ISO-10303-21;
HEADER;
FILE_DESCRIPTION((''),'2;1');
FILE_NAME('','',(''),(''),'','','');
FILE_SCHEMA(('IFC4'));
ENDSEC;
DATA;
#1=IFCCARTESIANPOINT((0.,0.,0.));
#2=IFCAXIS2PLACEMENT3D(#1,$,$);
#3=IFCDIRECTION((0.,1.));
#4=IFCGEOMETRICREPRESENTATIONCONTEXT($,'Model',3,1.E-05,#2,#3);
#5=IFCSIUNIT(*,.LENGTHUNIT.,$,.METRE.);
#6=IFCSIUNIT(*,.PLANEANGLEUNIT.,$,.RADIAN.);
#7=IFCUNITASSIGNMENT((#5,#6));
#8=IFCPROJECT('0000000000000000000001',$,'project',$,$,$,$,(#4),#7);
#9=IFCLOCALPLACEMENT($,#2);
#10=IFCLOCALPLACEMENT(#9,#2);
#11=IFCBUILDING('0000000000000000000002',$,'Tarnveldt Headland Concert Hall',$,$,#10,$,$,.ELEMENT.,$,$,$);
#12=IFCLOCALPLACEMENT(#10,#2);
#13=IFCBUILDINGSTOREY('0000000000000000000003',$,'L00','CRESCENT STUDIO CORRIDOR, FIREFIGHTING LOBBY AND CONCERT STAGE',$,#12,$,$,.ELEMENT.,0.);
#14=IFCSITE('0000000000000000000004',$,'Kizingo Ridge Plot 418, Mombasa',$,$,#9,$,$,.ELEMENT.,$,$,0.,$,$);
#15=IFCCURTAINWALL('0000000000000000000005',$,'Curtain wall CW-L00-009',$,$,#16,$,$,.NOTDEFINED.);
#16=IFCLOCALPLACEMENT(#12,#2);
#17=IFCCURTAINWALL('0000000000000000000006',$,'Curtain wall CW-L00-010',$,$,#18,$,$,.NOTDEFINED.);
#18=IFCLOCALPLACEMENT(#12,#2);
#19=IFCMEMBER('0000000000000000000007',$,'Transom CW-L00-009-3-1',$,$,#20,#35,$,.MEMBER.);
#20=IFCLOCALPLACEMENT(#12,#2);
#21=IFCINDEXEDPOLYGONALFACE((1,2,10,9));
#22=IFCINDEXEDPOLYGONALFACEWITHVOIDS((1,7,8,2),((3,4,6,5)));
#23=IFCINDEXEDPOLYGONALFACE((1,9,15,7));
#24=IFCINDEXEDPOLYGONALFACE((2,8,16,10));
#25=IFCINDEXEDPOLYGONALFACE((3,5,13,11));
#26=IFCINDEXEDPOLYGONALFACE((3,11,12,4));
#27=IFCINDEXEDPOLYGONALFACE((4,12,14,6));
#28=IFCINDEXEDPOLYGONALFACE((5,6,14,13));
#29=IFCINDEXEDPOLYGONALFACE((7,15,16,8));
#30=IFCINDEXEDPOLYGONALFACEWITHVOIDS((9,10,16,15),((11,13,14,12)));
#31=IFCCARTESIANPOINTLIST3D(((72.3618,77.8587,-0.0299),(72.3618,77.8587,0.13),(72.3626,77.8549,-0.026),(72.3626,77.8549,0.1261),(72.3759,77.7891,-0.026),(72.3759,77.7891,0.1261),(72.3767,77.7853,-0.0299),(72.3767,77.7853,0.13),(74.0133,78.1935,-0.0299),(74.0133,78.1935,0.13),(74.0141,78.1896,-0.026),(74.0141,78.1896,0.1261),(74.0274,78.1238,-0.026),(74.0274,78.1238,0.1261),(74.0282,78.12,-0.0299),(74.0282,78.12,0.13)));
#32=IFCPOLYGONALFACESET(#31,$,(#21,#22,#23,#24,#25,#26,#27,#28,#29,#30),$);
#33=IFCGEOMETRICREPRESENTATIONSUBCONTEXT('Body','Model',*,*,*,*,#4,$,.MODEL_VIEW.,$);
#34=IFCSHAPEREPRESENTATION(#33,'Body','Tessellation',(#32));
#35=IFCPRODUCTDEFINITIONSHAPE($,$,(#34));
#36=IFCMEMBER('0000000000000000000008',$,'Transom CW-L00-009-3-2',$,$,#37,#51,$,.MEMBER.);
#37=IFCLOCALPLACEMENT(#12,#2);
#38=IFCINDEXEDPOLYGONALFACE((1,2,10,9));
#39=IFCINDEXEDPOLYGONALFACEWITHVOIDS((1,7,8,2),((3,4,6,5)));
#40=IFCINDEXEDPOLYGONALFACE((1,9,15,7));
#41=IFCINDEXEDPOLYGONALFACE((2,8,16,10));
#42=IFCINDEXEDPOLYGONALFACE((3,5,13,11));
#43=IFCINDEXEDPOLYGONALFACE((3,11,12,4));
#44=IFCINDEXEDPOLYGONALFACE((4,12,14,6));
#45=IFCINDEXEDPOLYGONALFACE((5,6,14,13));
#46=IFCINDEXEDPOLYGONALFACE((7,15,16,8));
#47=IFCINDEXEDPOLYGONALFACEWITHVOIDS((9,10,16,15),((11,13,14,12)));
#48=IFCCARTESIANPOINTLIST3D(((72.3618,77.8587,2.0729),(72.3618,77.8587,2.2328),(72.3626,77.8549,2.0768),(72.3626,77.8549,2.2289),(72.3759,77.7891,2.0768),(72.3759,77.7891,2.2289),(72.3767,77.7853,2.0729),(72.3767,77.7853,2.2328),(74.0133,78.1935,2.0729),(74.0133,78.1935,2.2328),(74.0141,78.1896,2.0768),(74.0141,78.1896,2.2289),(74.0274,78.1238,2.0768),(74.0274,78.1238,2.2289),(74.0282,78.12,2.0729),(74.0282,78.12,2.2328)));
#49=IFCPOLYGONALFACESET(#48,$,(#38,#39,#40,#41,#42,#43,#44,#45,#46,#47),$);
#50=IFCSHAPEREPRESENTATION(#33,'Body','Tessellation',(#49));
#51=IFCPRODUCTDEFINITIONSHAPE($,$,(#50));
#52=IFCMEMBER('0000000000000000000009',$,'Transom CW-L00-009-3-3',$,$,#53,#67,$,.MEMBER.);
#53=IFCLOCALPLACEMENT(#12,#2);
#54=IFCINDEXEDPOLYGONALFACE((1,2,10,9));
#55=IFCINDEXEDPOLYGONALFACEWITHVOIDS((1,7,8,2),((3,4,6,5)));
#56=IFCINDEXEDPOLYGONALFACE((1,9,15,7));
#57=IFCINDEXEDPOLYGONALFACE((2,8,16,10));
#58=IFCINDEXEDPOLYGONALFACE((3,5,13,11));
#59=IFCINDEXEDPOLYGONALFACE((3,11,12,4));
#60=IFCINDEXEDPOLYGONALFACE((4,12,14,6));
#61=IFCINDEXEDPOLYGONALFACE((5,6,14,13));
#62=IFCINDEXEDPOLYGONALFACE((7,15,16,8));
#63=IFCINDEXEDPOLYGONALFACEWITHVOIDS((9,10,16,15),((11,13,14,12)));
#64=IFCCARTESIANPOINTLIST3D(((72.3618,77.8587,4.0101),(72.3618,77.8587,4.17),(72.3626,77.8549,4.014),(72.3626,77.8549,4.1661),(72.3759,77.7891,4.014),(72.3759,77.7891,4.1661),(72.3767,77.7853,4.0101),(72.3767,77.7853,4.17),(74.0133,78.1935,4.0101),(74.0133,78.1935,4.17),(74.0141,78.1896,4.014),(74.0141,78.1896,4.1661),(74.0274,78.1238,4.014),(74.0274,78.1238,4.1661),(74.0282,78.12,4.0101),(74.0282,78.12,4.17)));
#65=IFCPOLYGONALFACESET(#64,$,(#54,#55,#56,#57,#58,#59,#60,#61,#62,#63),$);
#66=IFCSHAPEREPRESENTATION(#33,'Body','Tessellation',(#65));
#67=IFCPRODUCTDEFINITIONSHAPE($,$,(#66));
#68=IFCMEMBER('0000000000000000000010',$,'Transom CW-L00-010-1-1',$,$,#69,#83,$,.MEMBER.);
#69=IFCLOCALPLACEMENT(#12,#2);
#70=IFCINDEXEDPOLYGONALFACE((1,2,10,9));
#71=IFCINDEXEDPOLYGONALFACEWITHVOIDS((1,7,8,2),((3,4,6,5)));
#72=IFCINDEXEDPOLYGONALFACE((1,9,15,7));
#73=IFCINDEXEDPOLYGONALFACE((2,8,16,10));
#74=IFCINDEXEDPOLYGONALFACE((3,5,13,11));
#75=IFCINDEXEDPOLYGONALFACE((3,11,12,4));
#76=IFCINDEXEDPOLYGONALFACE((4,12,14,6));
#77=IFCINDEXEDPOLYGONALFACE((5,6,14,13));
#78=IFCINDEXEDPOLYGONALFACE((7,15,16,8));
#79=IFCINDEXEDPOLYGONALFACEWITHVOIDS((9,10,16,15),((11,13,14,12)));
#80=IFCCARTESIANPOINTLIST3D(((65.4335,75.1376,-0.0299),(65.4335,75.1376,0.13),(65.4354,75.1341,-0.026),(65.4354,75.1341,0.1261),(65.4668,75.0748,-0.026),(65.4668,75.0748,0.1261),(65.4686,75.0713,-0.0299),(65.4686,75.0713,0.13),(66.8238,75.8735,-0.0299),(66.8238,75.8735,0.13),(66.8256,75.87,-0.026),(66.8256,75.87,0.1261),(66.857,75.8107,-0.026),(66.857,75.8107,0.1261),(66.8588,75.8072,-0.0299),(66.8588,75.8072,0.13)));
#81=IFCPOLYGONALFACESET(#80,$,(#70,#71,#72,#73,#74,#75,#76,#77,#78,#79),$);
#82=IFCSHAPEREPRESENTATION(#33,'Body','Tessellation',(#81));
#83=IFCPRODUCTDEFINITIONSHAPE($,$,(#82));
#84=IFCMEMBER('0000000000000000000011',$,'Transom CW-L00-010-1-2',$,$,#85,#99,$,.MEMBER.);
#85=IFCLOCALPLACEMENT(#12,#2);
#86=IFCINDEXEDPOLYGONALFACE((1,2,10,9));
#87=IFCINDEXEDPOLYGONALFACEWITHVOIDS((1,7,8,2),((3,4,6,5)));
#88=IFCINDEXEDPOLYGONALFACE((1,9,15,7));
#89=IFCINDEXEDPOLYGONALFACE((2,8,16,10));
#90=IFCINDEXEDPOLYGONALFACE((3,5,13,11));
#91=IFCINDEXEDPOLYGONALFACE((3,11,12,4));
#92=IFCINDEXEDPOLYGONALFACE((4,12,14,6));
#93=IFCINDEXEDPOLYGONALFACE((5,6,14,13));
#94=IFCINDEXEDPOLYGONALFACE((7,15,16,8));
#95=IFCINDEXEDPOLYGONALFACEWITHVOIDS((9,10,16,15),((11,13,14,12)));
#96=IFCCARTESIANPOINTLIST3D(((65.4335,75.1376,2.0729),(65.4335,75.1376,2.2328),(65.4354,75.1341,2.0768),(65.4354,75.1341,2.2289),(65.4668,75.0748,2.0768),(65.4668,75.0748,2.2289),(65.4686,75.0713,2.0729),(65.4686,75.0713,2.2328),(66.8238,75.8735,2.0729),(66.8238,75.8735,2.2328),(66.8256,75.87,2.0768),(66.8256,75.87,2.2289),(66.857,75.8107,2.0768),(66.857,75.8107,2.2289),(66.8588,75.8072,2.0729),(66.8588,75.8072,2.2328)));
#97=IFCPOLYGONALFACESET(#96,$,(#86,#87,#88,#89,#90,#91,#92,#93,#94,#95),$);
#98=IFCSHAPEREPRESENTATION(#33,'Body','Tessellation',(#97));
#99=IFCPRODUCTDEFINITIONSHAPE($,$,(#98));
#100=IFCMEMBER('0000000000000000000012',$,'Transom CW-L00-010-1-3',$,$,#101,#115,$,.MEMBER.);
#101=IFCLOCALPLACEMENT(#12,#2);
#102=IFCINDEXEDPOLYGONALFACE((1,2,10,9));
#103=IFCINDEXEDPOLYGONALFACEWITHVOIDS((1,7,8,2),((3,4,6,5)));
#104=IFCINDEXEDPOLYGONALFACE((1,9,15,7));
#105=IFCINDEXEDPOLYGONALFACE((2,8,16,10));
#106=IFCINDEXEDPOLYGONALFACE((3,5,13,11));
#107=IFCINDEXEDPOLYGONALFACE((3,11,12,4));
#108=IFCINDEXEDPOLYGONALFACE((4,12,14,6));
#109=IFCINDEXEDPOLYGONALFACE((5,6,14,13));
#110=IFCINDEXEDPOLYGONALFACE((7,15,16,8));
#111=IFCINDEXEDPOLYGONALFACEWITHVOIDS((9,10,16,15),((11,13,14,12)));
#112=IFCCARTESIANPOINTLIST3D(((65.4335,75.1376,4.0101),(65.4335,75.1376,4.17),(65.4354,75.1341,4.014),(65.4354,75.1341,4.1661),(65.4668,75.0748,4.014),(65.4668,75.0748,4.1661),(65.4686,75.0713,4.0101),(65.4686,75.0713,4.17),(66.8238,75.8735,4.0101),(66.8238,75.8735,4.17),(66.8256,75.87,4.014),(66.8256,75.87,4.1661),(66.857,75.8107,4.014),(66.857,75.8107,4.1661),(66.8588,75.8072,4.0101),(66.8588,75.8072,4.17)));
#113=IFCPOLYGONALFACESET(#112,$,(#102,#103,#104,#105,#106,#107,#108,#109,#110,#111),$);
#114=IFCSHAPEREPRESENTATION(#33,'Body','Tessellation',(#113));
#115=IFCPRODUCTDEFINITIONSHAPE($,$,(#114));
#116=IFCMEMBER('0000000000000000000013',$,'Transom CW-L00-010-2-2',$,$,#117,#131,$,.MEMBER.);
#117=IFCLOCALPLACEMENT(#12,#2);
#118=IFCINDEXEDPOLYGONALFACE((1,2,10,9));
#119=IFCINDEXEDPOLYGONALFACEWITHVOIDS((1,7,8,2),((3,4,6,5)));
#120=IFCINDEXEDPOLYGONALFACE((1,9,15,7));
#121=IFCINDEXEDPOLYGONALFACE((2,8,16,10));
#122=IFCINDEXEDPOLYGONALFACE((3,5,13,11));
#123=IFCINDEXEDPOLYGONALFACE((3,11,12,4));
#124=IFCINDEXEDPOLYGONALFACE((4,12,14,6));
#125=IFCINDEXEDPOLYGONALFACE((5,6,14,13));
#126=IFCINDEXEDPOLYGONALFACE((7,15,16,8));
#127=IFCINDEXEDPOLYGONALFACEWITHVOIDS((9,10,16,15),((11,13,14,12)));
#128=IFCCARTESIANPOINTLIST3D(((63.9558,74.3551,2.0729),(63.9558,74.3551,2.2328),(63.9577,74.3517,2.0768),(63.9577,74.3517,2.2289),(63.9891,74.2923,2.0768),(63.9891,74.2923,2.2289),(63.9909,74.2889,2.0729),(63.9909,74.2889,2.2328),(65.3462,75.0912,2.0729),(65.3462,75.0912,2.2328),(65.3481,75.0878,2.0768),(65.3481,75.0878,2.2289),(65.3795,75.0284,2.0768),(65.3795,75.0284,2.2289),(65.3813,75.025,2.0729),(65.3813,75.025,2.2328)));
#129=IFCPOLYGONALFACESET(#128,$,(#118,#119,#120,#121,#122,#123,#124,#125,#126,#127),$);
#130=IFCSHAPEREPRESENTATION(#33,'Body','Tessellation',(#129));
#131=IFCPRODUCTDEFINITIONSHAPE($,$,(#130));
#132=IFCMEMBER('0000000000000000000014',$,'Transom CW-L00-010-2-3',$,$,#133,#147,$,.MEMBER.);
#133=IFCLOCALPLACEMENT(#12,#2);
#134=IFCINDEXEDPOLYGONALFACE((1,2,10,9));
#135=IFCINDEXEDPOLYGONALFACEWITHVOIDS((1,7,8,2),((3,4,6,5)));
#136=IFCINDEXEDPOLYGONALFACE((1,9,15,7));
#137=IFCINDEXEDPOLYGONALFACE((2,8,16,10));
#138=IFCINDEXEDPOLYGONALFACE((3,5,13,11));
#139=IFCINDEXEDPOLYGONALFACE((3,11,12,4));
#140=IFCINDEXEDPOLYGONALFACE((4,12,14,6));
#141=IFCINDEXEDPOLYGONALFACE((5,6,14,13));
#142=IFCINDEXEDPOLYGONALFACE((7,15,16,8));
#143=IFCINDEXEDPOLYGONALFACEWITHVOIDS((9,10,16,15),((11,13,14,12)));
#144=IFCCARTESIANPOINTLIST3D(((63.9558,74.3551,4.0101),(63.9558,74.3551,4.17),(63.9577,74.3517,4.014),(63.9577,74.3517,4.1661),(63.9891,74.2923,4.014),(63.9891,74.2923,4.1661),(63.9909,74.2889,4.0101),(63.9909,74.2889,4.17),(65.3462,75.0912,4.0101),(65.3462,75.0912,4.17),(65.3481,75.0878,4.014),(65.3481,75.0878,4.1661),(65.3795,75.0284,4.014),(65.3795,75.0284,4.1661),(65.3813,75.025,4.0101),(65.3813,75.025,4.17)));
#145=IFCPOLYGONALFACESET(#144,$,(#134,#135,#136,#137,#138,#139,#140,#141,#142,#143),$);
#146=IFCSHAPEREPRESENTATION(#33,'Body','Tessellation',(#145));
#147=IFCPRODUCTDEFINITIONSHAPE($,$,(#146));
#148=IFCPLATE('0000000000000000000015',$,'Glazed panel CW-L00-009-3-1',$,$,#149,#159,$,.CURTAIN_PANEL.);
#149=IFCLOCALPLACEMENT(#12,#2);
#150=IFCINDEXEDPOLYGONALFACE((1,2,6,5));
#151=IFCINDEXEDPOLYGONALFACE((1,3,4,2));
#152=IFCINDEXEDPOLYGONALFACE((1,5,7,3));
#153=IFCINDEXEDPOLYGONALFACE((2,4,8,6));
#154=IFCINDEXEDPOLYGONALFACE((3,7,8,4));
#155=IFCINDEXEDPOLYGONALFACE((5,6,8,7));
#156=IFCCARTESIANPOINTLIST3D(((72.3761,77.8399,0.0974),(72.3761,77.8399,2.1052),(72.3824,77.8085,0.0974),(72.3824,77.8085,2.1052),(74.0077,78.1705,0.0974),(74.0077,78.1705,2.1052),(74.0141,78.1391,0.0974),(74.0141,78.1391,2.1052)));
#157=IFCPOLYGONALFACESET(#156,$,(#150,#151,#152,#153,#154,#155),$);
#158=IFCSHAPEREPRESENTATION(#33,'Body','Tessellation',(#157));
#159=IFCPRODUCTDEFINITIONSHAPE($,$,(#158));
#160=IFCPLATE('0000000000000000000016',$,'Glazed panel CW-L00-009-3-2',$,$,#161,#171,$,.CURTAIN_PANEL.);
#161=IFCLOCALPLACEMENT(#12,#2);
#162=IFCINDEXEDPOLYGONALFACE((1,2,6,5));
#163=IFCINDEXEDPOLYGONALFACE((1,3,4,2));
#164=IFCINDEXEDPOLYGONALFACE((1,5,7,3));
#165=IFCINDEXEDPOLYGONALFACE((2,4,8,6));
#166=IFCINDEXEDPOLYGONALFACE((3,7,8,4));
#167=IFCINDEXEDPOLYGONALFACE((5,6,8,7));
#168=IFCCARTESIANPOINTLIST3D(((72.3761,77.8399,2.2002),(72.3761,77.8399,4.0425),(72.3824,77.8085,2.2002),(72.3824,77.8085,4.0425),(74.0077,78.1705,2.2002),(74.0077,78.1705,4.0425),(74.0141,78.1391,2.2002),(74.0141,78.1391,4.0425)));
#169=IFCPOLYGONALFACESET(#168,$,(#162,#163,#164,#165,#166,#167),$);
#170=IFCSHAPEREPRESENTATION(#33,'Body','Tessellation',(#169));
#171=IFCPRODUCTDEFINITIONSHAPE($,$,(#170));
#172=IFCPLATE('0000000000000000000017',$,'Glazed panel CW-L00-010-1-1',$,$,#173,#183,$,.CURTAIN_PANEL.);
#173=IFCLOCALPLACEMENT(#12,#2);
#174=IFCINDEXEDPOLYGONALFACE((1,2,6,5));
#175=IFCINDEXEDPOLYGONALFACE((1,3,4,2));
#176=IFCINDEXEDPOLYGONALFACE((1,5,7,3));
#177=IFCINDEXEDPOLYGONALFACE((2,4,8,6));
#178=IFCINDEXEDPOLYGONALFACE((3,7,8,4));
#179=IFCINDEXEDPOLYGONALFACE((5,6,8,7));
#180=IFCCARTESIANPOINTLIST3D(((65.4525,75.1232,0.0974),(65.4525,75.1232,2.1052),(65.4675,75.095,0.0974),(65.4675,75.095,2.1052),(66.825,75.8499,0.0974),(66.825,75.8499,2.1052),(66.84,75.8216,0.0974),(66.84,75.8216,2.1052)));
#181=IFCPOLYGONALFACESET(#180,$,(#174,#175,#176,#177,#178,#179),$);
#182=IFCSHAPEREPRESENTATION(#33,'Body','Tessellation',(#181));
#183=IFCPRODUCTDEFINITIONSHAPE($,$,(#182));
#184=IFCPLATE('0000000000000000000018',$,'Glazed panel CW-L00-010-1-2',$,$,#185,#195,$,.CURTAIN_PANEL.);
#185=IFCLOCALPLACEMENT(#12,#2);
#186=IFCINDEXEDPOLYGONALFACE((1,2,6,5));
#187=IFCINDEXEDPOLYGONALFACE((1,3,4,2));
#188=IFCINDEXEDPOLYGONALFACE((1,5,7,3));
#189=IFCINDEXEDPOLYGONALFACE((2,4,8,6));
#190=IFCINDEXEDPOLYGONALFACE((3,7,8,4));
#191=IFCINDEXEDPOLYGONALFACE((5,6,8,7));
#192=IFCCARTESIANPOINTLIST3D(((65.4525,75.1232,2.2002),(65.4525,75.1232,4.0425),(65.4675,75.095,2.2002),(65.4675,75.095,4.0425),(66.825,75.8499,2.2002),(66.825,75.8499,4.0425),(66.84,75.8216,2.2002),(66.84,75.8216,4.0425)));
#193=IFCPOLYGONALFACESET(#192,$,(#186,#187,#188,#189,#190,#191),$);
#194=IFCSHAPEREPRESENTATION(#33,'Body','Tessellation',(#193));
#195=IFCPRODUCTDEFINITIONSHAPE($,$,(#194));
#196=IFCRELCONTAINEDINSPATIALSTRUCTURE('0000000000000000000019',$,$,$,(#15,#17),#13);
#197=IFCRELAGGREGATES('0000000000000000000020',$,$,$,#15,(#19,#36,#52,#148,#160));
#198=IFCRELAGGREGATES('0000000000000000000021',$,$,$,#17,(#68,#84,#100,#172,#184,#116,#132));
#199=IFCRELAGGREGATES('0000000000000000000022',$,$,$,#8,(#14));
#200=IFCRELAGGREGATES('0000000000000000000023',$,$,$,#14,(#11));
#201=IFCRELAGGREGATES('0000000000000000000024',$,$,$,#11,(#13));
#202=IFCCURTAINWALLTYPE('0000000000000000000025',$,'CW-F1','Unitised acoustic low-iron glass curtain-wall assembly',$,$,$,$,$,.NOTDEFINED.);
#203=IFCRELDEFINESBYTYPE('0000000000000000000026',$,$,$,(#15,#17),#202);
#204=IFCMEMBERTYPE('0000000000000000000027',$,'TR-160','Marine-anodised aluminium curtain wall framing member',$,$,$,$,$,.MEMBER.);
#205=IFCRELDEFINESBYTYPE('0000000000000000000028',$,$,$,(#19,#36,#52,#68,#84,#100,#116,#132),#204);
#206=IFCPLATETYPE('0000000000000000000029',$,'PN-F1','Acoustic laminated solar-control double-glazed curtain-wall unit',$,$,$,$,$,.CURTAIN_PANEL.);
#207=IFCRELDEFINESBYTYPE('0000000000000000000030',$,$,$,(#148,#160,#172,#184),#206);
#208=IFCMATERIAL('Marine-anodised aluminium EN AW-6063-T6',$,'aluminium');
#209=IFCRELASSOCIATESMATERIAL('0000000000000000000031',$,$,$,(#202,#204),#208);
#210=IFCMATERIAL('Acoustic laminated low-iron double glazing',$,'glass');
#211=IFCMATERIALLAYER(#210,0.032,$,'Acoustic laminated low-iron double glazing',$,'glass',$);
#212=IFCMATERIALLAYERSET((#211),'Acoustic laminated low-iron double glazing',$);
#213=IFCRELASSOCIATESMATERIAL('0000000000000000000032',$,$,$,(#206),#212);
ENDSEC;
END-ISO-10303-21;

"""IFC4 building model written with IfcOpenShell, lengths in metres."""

from ifc_helpers import new_model, si_unit, direction, frame, origin, origin_2d, place, context, subcontext, project, spatial, rectangle, hollow_rectangle, extrude, material, layer, layer_set, material_profile, profile_set, type_object, element, aggregate, save


model = new_model("IFC4")

# Units and contexts
model_context = context("Model", 3, precision=1e-05, world=origin(), true_north=direction((0.0, 1.0)))
body_context = subcontext(model_context, "Body", "Model", "MODEL_VIEW")
ifc_project = project(units=[si_unit("LENGTHUNIT", "METRE"), si_unit("PLANEANGLEUNIT", "RADIAN")], contexts=[model_context])

# Site, building, storey
site_placement = place(None, origin())
site = spatial("IfcSite", under=ifc_project, at=site_placement, Name="Kizingo Ridge Plot 418, Mombasa", CompositionType="ELEMENT", RefElevation=0.0)
building_placement = place(site_placement, origin())
building = spatial("IfcBuilding", under=site, at=building_placement, Name="Tarnveldt Headland Concert Hall", CompositionType="ELEMENT")
storey_placement = place(building_placement, origin())
storey = spatial("IfcBuildingStorey", under=building, at=storey_placement, Name="L00", Description="CRESCENT STUDIO CORRIDOR, FIREFIGHTING LOBBY AND CONCERT STAGE", CompositionType="ELEMENT", Elevation=0.0)

# Curtain wall
ifc_material_1 = material(Name="Marine-anodised aluminium EN AW-6063-T6", Category="aluminium")
curtain_wall_type = type_object("IfcCurtainWallType", Name="CW-F1", Description="Unitised acoustic low-iron glass curtain-wall assembly", PredefinedType="NOTDEFINED", material=ifc_material_1)
curtain_wall_1_placement = place(storey_placement, origin())
curtain_wall_1 = element("IfcCurtainWall", 1, at=curtain_wall_1_placement, inside=storey, type_object=curtain_wall_type, Name="Curtain wall CW-L00-009", PredefinedType="NOTDEFINED")

# Curtain wall
curtain_wall_2_placement = place(storey_placement, origin())
curtain_wall_2 = element("IfcCurtainWall", 2, at=curtain_wall_2_placement, inside=storey, type_object=curtain_wall_type, Name="Curtain wall CW-L00-010", PredefinedType="NOTDEFINED")

# Members
ifc_material_profile_1 = material_profile(ifc_material_1, hollow_rectangle(XDim=0.075, YDim=0.1599, WallThickness=0.0039, at=origin_2d()), Name="ALU TRANSOM 75x160x4", Category="aluminium")
ifc_profile_set_1 = profile_set([ifc_material_profile_1], Name="Marine-anodised aluminium EN AW-6063-T6")
member_type_1 = type_object("IfcMemberType", Name="TR-160", Description="Marine-anodised aluminium curtain wall framing member", PredefinedType="MEMBER", material=ifc_profile_set_1)
member_1_placement = place(storey_placement, frame((74.0208, 78.1567, 0.05), z_axis=(-0.98007, -0.198651, 0.0), x_axis=(0.198651, -0.98007, 0.0)))
member_1 = element("IfcMember", 3, at=member_1_placement, type_object=member_type_1, Name="Transom CW-L00-009-3-1", PredefinedType="MEMBER", context=body_context, shape_type="SweptSolid", body=[
    extrude(hollow_rectangle(XDim=0.075, YDim=0.1599, WallThickness=0.0039, at=origin_2d()), origin(), (0.0, 0.0, 1.0), 1.6851),
])
member_2_placement = place(storey_placement, frame((74.0208, 78.1567, 2.1528), z_axis=(-0.98007, -0.198651, 0.0), x_axis=(0.198651, -0.98007, 0.0)))
member_2 = element("IfcMember", 4, at=member_2_placement, type_object=member_type_1, Name="Transom CW-L00-009-3-2", PredefinedType="MEMBER", context=body_context, shape_type="SweptSolid", body=[
    extrude(hollow_rectangle(XDim=0.075, YDim=0.1599, WallThickness=0.0039, at=origin_2d()), origin(), (0.0, 0.0, 1.0), 1.6851),
])
member_3_placement = place(storey_placement, frame((74.0208, 78.1567, 4.0901), z_axis=(-0.98007, -0.198651, 0.0), x_axis=(0.198651, -0.98007, 0.0)))
member_3 = element("IfcMember", 5, at=member_3_placement, type_object=member_type_1, Name="Transom CW-L00-009-3-3", PredefinedType="MEMBER", context=body_context, shape_type="SweptSolid", body=[
    extrude(hollow_rectangle(XDim=0.075, YDim=0.1599, WallThickness=0.0039, at=origin_2d()), origin(), (0.0, 0.0, 1.0), 1.6851),
])
member_4_placement = place(storey_placement, frame((66.8413, 75.8403, 0.05), z_axis=(-0.883818, -0.467831, 0.0), x_axis=(0.467831, -0.883818, 0.0)))
member_4 = element("IfcMember", 6, at=member_4_placement, type_object=member_type_1, Name="Transom CW-L00-010-1-1", PredefinedType="MEMBER", context=body_context, shape_type="SweptSolid", body=[
    extrude(hollow_rectangle(XDim=0.075, YDim=0.1599, WallThickness=0.0039, at=origin_2d()), origin(), (0.0, 0.0, 1.0), 1.573),
])
member_5_placement = place(storey_placement, frame((66.8413, 75.8403, 2.1528), z_axis=(-0.883818, -0.467831, 0.0), x_axis=(0.467831, -0.883818, 0.0)))
member_5 = element("IfcMember", 7, at=member_5_placement, type_object=member_type_1, Name="Transom CW-L00-010-1-2", PredefinedType="MEMBER", context=body_context, shape_type="SweptSolid", body=[
    extrude(hollow_rectangle(XDim=0.075, YDim=0.1599, WallThickness=0.0039, at=origin_2d()), origin(), (0.0, 0.0, 1.0), 1.573),
])
member_6_placement = place(storey_placement, frame((66.8413, 75.8403, 4.0901), z_axis=(-0.883818, -0.467831, 0.0), x_axis=(0.467831, -0.883818, 0.0)))
member_6 = element("IfcMember", 8, at=member_6_placement, type_object=member_type_1, Name="Transom CW-L00-010-1-3", PredefinedType="MEMBER", context=body_context, shape_type="SweptSolid", body=[
    extrude(hollow_rectangle(XDim=0.075, YDim=0.1599, WallThickness=0.0039, at=origin_2d()), origin(), (0.0, 0.0, 1.0), 1.573),
])
member_7_placement = place(storey_placement, frame((65.3638, 75.0581, 2.1528), z_axis=(-0.883788, -0.467888, 0.0), x_axis=(0.467888, -0.883788, 0.0)))
member_7 = element("IfcMember", 9, at=member_7_placement, type_object=member_type_1, Name="Transom CW-L00-010-2-2", PredefinedType="MEMBER", context=body_context, shape_type="SweptSolid", body=[
    extrude(hollow_rectangle(XDim=0.075, YDim=0.1599, WallThickness=0.0039, at=origin_2d()), origin(), (0.0, 0.0, 1.0), 1.5732),
])
member_8_placement = place(storey_placement, frame((65.3638, 75.0581, 4.0901), z_axis=(-0.883788, -0.467888, 0.0), x_axis=(0.467888, -0.883788, 0.0)))
member_8 = element("IfcMember", 10, at=member_8_placement, type_object=member_type_1, Name="Transom CW-L00-010-2-3", PredefinedType="MEMBER", context=body_context, shape_type="SweptSolid", body=[
    extrude(hollow_rectangle(XDim=0.075, YDim=0.1599, WallThickness=0.0039, at=origin_2d()), origin(), (0.0, 0.0, 1.0), 1.5732),
])

# Plates
ifc_material_2 = material(Name="Acoustic laminated low-iron double glazing", Category="glass")
ifc_layer_1 = layer(ifc_material_2, 0.032, Name="Acoustic laminated low-iron double glazing", Category="glass")
ifc_layer_set_1 = layer_set([ifc_layer_1], Name="Acoustic laminated low-iron double glazing")
plate_type = type_object("IfcPlateType", Name="PN-F1", Description="Acoustic laminated solar-control double-glazed curtain-wall unit", PredefinedType="CURTAIN_PANEL", material=ifc_layer_set_1)
plate_1_placement = place(storey_placement, frame((73.1951, 77.9895, 0.0974), z_axis=(0.0, 0.0, 1.0), x_axis=(-0.980088, -0.198564, 0.0)))
plate_1 = element("IfcPlate", 11, at=plate_1_placement, type_object=plate_type, Name="Glazed panel CW-L00-009-3-1", PredefinedType="CURTAIN_PANEL", context=body_context, shape_type="SweptSolid", body=[
    extrude(rectangle(XDim=1.6648, YDim=0.032, at=origin_2d()), origin(), (0.0, 0.0, 1.0), 2.0078),
])
plate_2_placement = place(storey_placement, frame((73.1951, 77.9895, 2.2002), z_axis=(0.0, 0.0, 1.0), x_axis=(-0.980088, -0.198564, 0.0)))
plate_2 = element("IfcPlate", 12, at=plate_2_placement, type_object=plate_type, Name="Glazed panel CW-L00-009-3-2", PredefinedType="CURTAIN_PANEL", context=body_context, shape_type="SweptSolid", body=[
    extrude(rectangle(XDim=1.6648, YDim=0.032, at=origin_2d()), origin(), (0.0, 0.0, 1.0), 1.8423),
])
aggregate(curtain_wall_1, [member_1, member_2, member_3, plate_1, plate_2])
plate_3_placement = place(storey_placement, frame((66.1462, 75.4724, 0.0974), z_axis=(0.0, 0.0, 1.0), x_axis=(-0.883782, -0.467899, 0.0)))
plate_3 = element("IfcPlate", 13, at=plate_3_placement, type_object=plate_type, Name="Glazed panel CW-L00-010-1-1", PredefinedType="CURTAIN_PANEL", context=body_context, shape_type="SweptSolid", body=[
    extrude(rectangle(XDim=1.553, YDim=0.032, at=origin_2d()), origin(), (0.0, 0.0, 1.0), 2.0078),
])
plate_4_placement = place(storey_placement, frame((66.1462, 75.4724, 2.2002), z_axis=(0.0, 0.0, 1.0), x_axis=(-0.883782, -0.467899, 0.0)))
plate_4 = element("IfcPlate", 14, at=plate_4_placement, type_object=plate_type, Name="Glazed panel CW-L00-010-1-2", PredefinedType="CURTAIN_PANEL", context=body_context, shape_type="SweptSolid", body=[
    extrude(rectangle(XDim=1.553, YDim=0.032, at=origin_2d()), origin(), (0.0, 0.0, 1.0), 1.8423),
])
aggregate(curtain_wall_2, [member_4, member_5, member_6, plate_3, plate_4, member_7, member_8])

save(model, "model.ifc")
